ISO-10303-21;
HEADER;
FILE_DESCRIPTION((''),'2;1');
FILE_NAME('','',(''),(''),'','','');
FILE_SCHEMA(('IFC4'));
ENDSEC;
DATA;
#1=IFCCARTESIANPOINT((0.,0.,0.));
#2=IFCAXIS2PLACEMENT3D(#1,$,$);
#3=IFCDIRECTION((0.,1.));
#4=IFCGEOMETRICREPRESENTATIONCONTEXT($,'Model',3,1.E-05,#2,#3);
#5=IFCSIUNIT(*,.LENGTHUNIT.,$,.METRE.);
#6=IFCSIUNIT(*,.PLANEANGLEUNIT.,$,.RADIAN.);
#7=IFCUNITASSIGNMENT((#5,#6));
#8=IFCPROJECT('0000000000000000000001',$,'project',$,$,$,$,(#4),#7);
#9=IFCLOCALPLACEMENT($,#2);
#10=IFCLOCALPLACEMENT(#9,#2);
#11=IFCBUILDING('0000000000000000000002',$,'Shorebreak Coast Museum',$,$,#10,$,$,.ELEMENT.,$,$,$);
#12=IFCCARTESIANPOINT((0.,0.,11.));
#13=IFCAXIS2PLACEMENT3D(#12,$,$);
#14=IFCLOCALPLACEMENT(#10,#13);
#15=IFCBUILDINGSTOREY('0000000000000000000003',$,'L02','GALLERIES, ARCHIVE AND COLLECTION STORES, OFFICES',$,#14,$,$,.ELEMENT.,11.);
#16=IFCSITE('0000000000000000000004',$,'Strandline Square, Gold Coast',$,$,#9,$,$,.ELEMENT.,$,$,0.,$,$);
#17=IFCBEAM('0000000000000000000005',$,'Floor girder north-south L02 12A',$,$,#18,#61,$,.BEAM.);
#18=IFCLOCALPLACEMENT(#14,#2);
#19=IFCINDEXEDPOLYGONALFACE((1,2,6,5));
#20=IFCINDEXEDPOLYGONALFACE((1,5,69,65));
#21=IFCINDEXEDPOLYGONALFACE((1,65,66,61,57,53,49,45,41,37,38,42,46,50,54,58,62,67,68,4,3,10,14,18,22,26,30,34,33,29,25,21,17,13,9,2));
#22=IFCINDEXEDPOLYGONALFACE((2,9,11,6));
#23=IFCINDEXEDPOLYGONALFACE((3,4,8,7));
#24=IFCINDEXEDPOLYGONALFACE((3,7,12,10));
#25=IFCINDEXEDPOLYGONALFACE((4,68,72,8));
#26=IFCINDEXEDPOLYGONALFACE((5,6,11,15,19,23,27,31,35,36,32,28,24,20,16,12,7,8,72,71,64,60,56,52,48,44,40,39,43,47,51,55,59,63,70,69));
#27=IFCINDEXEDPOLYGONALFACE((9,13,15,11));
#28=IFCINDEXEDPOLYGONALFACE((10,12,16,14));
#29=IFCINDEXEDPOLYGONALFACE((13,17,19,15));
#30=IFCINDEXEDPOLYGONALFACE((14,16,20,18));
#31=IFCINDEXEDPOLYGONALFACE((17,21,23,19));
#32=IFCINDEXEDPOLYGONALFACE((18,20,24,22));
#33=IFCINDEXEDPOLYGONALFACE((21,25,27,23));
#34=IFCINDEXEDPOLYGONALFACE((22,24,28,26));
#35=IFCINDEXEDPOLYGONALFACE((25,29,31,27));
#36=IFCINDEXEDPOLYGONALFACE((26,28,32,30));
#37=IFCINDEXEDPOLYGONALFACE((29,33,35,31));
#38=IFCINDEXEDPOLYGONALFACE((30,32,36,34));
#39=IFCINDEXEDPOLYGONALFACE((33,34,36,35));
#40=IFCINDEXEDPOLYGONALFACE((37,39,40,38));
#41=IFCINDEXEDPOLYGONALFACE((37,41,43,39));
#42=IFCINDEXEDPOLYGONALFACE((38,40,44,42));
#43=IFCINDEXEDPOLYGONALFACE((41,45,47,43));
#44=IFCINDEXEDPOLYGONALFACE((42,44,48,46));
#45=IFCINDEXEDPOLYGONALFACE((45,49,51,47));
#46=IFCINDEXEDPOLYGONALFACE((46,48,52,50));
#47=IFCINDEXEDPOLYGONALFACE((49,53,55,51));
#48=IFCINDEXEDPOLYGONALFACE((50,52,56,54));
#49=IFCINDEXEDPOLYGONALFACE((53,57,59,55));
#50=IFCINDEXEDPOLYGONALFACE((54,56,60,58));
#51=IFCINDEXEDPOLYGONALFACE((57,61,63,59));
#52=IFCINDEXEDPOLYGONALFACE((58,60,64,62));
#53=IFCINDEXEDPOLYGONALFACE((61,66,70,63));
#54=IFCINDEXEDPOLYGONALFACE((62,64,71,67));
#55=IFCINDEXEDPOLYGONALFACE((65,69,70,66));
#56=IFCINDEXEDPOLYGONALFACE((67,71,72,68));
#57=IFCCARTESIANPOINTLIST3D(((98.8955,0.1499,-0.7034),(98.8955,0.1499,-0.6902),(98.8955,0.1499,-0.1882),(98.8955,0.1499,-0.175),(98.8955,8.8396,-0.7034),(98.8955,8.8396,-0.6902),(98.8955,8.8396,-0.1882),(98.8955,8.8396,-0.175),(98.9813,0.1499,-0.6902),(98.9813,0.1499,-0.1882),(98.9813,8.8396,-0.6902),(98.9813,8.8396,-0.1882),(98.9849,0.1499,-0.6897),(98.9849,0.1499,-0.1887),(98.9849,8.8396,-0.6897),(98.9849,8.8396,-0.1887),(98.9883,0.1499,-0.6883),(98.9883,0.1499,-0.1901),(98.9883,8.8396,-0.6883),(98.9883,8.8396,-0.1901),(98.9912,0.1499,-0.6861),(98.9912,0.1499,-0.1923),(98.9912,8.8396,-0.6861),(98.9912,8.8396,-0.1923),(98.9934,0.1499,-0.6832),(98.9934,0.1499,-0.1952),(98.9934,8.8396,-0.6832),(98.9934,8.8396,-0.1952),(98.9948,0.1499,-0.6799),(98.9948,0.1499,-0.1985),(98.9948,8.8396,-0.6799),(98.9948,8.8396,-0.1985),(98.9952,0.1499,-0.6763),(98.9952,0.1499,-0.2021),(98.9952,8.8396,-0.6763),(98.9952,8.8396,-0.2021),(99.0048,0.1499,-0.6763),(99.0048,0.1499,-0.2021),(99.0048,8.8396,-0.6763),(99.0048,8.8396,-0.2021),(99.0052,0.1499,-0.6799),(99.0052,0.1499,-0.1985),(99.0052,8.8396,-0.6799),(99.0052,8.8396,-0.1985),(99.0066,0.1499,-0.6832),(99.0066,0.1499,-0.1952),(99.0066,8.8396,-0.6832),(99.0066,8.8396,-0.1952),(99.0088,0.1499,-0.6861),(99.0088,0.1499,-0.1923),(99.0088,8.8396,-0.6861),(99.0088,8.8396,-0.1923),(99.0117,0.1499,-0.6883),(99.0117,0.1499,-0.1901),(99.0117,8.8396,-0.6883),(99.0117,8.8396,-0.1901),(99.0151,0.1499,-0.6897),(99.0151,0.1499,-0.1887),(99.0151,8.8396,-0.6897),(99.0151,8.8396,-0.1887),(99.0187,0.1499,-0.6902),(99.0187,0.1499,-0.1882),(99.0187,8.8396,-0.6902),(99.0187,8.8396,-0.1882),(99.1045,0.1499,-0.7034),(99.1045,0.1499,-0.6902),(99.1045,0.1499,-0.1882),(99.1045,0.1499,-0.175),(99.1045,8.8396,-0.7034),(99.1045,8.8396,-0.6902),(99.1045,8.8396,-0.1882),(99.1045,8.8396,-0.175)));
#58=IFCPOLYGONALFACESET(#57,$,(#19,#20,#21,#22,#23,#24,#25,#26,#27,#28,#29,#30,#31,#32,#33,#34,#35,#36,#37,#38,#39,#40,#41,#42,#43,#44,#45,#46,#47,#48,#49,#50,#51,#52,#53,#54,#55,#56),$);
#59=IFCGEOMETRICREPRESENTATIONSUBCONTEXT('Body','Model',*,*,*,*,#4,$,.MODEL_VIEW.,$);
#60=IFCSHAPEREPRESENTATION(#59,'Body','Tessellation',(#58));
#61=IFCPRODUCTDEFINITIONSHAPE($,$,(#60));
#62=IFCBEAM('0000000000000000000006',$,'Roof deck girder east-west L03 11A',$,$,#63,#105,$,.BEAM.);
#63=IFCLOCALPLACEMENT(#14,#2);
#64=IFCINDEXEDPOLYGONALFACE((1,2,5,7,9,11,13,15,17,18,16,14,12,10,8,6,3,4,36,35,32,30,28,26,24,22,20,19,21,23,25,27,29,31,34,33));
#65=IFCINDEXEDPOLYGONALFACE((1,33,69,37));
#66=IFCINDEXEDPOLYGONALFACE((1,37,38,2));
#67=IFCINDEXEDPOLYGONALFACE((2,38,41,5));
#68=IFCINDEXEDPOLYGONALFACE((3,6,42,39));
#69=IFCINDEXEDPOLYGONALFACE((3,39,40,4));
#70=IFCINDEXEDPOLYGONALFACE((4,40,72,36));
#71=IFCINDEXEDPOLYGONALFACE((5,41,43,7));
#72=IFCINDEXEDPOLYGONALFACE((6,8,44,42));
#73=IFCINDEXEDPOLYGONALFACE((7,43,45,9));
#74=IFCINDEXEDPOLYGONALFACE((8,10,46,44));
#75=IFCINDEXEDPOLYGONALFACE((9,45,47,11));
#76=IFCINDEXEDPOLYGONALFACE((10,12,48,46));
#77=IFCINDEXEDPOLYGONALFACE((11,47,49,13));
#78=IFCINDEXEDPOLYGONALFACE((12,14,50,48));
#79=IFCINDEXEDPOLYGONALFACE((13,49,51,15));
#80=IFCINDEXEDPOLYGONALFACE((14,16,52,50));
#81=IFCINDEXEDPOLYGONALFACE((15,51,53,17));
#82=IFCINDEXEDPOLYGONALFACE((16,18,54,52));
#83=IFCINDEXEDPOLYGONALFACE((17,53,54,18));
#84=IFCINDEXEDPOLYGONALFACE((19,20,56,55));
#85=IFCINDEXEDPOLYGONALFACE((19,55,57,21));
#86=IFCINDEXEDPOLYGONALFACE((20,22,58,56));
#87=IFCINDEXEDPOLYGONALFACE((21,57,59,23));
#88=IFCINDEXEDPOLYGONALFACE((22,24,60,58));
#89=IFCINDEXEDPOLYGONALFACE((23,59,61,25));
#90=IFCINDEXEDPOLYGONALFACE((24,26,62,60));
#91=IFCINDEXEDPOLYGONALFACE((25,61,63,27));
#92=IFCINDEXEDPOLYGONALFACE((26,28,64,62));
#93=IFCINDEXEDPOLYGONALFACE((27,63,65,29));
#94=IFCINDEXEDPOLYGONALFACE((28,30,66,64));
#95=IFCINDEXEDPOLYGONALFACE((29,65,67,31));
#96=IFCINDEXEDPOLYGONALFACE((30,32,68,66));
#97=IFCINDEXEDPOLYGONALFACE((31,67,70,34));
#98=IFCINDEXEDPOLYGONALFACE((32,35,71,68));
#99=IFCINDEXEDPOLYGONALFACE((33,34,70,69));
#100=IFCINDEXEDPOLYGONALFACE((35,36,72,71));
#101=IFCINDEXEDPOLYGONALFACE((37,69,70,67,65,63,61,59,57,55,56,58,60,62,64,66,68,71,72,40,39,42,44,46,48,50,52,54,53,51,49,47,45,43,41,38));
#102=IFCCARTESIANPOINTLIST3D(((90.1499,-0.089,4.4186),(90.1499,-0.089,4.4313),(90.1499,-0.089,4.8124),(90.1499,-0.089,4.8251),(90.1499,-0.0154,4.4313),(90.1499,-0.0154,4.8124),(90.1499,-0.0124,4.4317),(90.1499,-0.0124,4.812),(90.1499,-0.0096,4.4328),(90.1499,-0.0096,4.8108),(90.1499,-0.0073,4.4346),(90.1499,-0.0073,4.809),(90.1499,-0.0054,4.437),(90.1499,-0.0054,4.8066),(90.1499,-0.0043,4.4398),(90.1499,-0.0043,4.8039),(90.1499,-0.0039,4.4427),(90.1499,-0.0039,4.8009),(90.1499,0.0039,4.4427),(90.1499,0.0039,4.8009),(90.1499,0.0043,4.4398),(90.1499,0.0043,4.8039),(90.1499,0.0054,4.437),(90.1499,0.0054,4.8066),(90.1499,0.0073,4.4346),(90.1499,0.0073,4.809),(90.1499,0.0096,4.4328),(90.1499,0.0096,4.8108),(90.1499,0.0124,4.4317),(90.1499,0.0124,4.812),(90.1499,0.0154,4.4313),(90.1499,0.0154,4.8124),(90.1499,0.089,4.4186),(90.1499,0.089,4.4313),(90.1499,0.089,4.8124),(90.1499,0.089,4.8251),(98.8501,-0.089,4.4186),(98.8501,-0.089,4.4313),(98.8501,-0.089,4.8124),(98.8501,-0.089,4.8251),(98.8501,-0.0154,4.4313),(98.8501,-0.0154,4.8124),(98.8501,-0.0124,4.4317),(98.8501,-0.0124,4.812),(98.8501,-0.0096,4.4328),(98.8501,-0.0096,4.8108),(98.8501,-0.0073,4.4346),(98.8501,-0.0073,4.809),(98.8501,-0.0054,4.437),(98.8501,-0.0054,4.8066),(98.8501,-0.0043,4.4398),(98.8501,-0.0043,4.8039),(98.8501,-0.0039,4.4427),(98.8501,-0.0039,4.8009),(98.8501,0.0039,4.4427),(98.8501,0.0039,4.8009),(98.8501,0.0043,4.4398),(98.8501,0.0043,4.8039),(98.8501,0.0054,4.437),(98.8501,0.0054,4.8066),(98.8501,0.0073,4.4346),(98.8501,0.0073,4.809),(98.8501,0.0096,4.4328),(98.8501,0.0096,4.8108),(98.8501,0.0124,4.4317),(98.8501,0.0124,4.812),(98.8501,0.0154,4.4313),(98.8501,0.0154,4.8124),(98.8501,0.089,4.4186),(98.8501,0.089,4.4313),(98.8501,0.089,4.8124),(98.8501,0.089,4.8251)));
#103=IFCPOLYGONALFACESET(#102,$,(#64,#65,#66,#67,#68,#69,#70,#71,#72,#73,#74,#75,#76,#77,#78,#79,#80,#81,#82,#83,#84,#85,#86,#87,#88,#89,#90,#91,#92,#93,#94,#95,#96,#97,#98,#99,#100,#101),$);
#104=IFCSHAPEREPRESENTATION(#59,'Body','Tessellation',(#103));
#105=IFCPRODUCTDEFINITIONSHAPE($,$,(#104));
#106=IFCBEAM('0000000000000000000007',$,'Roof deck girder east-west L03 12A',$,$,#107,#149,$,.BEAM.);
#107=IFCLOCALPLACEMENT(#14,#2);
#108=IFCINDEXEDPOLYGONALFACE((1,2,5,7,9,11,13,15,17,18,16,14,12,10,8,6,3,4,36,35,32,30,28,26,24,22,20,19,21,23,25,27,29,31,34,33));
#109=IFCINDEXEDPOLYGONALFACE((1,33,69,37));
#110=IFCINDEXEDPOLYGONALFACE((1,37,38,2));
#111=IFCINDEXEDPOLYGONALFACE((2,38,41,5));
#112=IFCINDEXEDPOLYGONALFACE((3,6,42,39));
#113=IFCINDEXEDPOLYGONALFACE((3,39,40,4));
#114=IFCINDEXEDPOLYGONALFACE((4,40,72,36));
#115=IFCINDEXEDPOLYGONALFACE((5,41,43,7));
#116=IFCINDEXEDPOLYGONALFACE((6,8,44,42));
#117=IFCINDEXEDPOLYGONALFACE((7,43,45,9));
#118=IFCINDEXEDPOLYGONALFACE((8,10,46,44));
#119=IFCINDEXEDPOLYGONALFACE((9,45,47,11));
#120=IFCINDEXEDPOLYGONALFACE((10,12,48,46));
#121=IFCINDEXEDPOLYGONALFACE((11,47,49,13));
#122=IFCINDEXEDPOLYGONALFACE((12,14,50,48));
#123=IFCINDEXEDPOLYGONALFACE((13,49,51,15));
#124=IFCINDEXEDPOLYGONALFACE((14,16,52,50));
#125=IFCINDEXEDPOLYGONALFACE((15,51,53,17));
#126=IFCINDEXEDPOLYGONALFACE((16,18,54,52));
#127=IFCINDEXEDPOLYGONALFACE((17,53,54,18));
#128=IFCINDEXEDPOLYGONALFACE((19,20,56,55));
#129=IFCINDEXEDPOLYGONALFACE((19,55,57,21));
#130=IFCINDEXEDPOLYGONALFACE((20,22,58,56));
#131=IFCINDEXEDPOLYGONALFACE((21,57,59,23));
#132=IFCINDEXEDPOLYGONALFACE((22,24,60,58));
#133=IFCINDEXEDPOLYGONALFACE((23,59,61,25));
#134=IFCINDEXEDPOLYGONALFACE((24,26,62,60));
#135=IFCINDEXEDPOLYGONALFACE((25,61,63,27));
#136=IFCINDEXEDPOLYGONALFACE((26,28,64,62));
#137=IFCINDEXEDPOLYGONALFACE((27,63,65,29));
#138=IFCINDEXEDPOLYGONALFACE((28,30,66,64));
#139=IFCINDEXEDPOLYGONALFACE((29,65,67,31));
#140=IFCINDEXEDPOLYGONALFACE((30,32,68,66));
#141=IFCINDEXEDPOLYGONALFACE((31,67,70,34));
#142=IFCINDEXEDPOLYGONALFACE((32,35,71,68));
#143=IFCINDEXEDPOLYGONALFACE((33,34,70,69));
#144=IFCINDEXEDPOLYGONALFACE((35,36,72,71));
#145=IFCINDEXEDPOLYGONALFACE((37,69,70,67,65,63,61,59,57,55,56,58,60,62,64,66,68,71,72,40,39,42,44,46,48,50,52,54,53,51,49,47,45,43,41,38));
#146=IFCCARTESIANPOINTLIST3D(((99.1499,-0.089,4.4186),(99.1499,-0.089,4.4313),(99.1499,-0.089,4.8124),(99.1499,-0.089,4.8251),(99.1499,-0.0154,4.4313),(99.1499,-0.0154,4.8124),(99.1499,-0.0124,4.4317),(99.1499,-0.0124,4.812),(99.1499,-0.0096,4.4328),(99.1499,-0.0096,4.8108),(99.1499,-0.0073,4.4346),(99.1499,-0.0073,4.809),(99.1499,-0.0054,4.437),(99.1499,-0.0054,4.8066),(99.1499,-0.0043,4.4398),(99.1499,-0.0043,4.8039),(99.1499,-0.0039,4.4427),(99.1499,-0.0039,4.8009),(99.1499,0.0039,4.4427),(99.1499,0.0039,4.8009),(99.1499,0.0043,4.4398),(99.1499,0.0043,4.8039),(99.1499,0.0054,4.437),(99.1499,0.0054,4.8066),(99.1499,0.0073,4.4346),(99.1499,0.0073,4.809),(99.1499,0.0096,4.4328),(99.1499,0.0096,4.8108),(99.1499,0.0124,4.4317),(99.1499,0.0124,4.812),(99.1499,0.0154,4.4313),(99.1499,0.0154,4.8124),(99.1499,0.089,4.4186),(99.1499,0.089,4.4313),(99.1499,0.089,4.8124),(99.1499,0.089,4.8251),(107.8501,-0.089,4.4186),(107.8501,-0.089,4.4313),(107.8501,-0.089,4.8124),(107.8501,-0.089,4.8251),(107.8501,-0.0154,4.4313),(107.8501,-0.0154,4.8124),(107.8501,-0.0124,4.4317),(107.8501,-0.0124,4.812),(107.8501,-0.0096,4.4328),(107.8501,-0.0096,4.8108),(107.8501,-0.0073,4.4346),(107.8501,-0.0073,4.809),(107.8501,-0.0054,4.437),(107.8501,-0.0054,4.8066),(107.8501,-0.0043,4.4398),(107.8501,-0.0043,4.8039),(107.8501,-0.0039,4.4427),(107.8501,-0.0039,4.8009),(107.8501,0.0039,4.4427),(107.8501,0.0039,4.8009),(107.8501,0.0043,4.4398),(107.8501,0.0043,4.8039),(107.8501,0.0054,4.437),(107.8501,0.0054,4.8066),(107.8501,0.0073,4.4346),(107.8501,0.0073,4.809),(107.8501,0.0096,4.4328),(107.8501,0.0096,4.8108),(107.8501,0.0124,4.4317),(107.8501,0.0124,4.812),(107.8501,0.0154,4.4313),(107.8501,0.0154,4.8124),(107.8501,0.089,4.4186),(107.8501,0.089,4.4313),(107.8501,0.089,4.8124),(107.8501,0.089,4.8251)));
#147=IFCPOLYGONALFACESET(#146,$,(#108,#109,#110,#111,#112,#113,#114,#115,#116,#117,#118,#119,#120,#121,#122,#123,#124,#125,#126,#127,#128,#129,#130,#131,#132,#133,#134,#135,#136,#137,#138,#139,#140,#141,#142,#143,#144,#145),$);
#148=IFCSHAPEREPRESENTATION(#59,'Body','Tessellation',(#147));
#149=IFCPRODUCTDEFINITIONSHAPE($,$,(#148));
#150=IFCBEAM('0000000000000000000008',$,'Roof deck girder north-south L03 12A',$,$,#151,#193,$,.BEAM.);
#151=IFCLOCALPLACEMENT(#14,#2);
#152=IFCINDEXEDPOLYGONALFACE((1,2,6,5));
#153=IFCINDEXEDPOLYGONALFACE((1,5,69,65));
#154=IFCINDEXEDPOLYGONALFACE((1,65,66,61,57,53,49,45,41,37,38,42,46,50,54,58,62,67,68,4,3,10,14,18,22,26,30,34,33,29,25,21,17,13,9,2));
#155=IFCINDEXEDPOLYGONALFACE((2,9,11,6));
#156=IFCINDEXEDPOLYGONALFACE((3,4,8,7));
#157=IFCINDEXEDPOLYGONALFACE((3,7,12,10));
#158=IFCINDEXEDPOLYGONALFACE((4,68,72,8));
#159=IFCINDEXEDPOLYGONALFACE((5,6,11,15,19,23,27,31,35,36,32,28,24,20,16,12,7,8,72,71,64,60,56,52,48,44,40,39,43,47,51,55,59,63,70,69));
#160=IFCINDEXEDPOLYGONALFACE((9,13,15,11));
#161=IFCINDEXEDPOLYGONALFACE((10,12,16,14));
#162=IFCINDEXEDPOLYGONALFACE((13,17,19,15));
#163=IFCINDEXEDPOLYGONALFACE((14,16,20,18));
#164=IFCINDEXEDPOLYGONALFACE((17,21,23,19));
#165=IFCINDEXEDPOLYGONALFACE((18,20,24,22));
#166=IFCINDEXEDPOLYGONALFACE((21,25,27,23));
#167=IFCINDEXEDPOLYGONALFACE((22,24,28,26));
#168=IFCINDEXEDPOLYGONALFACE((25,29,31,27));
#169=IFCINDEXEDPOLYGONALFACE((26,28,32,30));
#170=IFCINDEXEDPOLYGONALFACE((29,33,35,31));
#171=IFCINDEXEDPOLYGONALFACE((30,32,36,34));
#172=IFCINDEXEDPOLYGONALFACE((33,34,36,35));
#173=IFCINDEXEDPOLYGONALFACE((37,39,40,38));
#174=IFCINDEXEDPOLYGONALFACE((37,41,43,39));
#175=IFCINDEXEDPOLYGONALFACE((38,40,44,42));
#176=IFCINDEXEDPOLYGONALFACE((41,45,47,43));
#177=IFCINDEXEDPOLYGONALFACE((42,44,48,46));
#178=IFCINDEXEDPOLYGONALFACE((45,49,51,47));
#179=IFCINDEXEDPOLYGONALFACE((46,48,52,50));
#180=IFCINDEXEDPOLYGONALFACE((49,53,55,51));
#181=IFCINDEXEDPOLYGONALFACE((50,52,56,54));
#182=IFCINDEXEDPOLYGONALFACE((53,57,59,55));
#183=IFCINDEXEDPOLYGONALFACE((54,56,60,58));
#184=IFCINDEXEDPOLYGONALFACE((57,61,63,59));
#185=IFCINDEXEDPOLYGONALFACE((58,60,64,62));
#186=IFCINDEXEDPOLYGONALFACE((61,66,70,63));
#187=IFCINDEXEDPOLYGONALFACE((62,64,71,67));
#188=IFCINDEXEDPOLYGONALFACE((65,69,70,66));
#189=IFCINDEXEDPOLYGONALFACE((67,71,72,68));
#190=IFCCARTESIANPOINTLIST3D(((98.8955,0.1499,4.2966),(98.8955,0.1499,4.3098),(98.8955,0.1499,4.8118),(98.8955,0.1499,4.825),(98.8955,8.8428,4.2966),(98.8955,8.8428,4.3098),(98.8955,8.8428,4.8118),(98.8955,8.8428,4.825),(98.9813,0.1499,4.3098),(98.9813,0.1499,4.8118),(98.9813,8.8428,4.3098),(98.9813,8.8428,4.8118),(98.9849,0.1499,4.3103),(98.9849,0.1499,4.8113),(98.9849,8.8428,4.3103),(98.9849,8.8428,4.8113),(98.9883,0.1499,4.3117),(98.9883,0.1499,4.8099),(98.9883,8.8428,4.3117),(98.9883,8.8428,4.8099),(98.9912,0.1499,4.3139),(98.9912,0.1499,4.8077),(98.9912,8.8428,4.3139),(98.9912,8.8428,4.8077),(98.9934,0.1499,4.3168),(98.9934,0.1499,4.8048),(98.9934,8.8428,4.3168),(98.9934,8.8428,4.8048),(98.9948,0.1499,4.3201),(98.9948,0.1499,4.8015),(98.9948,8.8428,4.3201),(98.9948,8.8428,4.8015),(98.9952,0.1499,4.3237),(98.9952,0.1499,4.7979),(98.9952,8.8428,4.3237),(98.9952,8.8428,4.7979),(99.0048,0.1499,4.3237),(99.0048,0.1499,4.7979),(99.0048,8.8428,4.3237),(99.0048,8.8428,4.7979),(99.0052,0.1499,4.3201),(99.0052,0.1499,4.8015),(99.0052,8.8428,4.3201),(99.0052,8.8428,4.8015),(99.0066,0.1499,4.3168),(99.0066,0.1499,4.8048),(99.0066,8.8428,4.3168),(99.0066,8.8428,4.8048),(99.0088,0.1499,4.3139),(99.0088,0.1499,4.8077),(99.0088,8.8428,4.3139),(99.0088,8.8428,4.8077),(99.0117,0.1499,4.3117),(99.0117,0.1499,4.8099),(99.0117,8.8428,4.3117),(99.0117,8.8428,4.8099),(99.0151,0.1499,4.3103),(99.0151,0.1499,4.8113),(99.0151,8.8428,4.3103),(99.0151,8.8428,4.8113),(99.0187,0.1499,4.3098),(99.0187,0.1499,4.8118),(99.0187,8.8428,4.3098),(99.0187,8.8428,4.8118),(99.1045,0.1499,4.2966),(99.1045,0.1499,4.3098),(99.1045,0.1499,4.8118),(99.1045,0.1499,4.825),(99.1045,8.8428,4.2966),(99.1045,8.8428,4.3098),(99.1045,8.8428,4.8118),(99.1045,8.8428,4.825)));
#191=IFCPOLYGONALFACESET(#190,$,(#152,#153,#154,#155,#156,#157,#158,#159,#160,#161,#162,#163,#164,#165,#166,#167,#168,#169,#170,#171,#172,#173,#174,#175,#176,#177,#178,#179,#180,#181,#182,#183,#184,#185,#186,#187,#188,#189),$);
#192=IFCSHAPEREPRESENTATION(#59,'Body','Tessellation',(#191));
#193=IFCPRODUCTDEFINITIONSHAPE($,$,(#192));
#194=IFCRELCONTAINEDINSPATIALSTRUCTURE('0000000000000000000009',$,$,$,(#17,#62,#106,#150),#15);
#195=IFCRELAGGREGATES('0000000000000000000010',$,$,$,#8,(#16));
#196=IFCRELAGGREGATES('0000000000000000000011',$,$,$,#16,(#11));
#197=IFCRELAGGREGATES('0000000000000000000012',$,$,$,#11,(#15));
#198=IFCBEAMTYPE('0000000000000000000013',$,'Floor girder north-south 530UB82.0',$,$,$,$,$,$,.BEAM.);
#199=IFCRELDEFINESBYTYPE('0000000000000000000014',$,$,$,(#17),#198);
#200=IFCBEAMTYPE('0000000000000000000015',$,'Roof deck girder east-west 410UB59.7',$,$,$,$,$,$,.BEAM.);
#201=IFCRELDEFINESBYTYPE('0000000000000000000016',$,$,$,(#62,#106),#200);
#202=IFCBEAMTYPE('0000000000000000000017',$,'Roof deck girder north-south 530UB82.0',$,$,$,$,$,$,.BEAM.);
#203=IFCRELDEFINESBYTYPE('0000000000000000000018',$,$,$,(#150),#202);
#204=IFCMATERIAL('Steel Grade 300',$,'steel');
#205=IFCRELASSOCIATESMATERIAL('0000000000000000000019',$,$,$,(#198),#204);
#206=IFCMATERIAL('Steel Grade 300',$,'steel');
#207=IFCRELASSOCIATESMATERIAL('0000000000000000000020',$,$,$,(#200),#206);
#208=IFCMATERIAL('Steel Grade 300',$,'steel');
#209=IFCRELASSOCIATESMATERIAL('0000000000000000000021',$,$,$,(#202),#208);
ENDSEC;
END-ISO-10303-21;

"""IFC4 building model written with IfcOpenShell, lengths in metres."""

from ifc_helpers import new_model, si_unit, direction, frame, origin, origin_2d, place, context, subcontext, project, spatial, i_section, extrude, material, material_profile, profile_set, type_object, element, save


model = new_model("IFC4")

# Units and contexts
model_context = context("Model", 3, precision=1e-05, world=origin(), true_north=direction((0.0, 1.0)))
body_context = subcontext(model_context, "Body", "Model", "MODEL_VIEW")
ifc_project = project(units=[si_unit("LENGTHUNIT", "METRE"), si_unit("PLANEANGLEUNIT", "RADIAN")], contexts=[model_context])

# Site, building, storey
site_placement = place(None, origin())
site = spatial("IfcSite", under=ifc_project, at=site_placement, Name="Strandline Square, Gold Coast", CompositionType="ELEMENT", RefElevation=0.0)
building_placement = place(site_placement, origin())
building = spatial("IfcBuilding", under=site, at=building_placement, Name="Shorebreak Coast Museum", CompositionType="ELEMENT")
storey_placement = place(building_placement, frame((0.0, 0.0, 11.0)))
storey = spatial("IfcBuildingStorey", under=building, at=storey_placement, Name="L02", Description="GALLERIES, ARCHIVE AND COLLECTION STORES, OFFICES", CompositionType="ELEMENT", Elevation=11.0)

# Beams
ifc_material_1 = material(Name="Steel Grade 300", Category="steel")
ifc_material_profile_1 = material_profile(ifc_material_1, i_section(OverallWidth=0.209, OverallDepth=0.5283, WebThickness=0.0095, FlangeThickness=0.0132, FilletRadius=0.0139, at=origin_2d()), Name="530UB82.0")
ifc_profile_set_1 = profile_set([ifc_material_profile_1], Name="Steel Grade 300")
beam_type_1 = type_object("IfcBeamType", Name="Floor girder north-south 530UB82.0", PredefinedType="BEAM", material=ifc_profile_set_1)
beam_1_placement = place(storey_placement, frame((99.0, 0.1499, -0.4392), z_axis=(0.0, 1.0, 0.0), x_axis=(-1.0, 0.0, 0.0)))
element("IfcBeam", 1, at=beam_1_placement, inside=storey, type_object=beam_type_1, Name="Floor girder north-south L02 12A", PredefinedType="BEAM", context=body_context, shape_type="SweptSolid", body=[
    extrude(i_section(OverallWidth=0.209, OverallDepth=0.5283, WebThickness=0.0095, FlangeThickness=0.0132, FilletRadius=0.0139, at=origin_2d()), origin(), (0.0, 0.0, 1.0), 8.6897),
])
ifc_material_2 = material(Name="Steel Grade 300", Category="steel")
ifc_material_profile_2 = material_profile(ifc_material_2, i_section(OverallWidth=0.178, OverallDepth=0.4065, WebThickness=0.0078, FlangeThickness=0.0127, FilletRadius=0.0115, at=origin_2d()), Name="410UB59.7")
ifc_profile_set_2 = profile_set([ifc_material_profile_2], Name="Steel Grade 300")
beam_type_2 = type_object("IfcBeamType", Name="Roof deck girder east-west 410UB59.7", PredefinedType="BEAM", material=ifc_profile_set_2)
for number, where, z_axis, x_axis, name in (
    (2, (90.1499, 0.0, 4.6218), (1.0, 0.0, 0.0), (0.0, 1.0, 0.0), "Roof deck girder east-west L03 11A"),
    (3, (99.1499, 0.0, 4.6218), (1.0, 0.0, 0.0), (0.0, 1.0, 0.0), "Roof deck girder east-west L03 12A"),
):
    element("IfcBeam", number, at=place(storey_placement, frame(where, z_axis=z_axis, x_axis=x_axis)), inside=storey, type_object=beam_type_2, Name=name, PredefinedType="BEAM", context=body_context, shape_type="SweptSolid", body=[
        extrude(i_section(OverallWidth=0.178, OverallDepth=0.4065, WebThickness=0.0078, FlangeThickness=0.0127, FilletRadius=0.0115, at=origin_2d()), origin(), (0.0, 0.0, 1.0), 8.7002),
    ])
ifc_material_3 = material(Name="Steel Grade 300", Category="steel")
ifc_material_profile_3 = material_profile(ifc_material_3, i_section(OverallWidth=0.209, OverallDepth=0.5283, WebThickness=0.0095, FlangeThickness=0.0132, FilletRadius=0.0139, at=origin_2d()), Name="530UB82.0")
ifc_profile_set_3 = profile_set([ifc_material_profile_3], Name="Steel Grade 300")
beam_type_3 = type_object("IfcBeamType", Name="Roof deck girder north-south 530UB82.0", PredefinedType="BEAM", material=ifc_profile_set_3)
beam_2_placement = place(storey_placement, frame((99.0, 0.1499, 4.5608), z_axis=(0.0, 1.0, 0.0), x_axis=(-1.0, 0.0, 0.0)))
element("IfcBeam", 4, at=beam_2_placement, inside=storey, type_object=beam_type_3, Name="Roof deck girder north-south L03 12A", PredefinedType="BEAM", context=body_context, shape_type="SweptSolid", body=[
    extrude(i_section(OverallWidth=0.209, OverallDepth=0.5283, WebThickness=0.0095, FlangeThickness=0.0132, FilletRadius=0.0139, at=origin_2d()), origin(), (0.0, 0.0, 1.0), 8.6929),
])

save(model, "model.ifc")
